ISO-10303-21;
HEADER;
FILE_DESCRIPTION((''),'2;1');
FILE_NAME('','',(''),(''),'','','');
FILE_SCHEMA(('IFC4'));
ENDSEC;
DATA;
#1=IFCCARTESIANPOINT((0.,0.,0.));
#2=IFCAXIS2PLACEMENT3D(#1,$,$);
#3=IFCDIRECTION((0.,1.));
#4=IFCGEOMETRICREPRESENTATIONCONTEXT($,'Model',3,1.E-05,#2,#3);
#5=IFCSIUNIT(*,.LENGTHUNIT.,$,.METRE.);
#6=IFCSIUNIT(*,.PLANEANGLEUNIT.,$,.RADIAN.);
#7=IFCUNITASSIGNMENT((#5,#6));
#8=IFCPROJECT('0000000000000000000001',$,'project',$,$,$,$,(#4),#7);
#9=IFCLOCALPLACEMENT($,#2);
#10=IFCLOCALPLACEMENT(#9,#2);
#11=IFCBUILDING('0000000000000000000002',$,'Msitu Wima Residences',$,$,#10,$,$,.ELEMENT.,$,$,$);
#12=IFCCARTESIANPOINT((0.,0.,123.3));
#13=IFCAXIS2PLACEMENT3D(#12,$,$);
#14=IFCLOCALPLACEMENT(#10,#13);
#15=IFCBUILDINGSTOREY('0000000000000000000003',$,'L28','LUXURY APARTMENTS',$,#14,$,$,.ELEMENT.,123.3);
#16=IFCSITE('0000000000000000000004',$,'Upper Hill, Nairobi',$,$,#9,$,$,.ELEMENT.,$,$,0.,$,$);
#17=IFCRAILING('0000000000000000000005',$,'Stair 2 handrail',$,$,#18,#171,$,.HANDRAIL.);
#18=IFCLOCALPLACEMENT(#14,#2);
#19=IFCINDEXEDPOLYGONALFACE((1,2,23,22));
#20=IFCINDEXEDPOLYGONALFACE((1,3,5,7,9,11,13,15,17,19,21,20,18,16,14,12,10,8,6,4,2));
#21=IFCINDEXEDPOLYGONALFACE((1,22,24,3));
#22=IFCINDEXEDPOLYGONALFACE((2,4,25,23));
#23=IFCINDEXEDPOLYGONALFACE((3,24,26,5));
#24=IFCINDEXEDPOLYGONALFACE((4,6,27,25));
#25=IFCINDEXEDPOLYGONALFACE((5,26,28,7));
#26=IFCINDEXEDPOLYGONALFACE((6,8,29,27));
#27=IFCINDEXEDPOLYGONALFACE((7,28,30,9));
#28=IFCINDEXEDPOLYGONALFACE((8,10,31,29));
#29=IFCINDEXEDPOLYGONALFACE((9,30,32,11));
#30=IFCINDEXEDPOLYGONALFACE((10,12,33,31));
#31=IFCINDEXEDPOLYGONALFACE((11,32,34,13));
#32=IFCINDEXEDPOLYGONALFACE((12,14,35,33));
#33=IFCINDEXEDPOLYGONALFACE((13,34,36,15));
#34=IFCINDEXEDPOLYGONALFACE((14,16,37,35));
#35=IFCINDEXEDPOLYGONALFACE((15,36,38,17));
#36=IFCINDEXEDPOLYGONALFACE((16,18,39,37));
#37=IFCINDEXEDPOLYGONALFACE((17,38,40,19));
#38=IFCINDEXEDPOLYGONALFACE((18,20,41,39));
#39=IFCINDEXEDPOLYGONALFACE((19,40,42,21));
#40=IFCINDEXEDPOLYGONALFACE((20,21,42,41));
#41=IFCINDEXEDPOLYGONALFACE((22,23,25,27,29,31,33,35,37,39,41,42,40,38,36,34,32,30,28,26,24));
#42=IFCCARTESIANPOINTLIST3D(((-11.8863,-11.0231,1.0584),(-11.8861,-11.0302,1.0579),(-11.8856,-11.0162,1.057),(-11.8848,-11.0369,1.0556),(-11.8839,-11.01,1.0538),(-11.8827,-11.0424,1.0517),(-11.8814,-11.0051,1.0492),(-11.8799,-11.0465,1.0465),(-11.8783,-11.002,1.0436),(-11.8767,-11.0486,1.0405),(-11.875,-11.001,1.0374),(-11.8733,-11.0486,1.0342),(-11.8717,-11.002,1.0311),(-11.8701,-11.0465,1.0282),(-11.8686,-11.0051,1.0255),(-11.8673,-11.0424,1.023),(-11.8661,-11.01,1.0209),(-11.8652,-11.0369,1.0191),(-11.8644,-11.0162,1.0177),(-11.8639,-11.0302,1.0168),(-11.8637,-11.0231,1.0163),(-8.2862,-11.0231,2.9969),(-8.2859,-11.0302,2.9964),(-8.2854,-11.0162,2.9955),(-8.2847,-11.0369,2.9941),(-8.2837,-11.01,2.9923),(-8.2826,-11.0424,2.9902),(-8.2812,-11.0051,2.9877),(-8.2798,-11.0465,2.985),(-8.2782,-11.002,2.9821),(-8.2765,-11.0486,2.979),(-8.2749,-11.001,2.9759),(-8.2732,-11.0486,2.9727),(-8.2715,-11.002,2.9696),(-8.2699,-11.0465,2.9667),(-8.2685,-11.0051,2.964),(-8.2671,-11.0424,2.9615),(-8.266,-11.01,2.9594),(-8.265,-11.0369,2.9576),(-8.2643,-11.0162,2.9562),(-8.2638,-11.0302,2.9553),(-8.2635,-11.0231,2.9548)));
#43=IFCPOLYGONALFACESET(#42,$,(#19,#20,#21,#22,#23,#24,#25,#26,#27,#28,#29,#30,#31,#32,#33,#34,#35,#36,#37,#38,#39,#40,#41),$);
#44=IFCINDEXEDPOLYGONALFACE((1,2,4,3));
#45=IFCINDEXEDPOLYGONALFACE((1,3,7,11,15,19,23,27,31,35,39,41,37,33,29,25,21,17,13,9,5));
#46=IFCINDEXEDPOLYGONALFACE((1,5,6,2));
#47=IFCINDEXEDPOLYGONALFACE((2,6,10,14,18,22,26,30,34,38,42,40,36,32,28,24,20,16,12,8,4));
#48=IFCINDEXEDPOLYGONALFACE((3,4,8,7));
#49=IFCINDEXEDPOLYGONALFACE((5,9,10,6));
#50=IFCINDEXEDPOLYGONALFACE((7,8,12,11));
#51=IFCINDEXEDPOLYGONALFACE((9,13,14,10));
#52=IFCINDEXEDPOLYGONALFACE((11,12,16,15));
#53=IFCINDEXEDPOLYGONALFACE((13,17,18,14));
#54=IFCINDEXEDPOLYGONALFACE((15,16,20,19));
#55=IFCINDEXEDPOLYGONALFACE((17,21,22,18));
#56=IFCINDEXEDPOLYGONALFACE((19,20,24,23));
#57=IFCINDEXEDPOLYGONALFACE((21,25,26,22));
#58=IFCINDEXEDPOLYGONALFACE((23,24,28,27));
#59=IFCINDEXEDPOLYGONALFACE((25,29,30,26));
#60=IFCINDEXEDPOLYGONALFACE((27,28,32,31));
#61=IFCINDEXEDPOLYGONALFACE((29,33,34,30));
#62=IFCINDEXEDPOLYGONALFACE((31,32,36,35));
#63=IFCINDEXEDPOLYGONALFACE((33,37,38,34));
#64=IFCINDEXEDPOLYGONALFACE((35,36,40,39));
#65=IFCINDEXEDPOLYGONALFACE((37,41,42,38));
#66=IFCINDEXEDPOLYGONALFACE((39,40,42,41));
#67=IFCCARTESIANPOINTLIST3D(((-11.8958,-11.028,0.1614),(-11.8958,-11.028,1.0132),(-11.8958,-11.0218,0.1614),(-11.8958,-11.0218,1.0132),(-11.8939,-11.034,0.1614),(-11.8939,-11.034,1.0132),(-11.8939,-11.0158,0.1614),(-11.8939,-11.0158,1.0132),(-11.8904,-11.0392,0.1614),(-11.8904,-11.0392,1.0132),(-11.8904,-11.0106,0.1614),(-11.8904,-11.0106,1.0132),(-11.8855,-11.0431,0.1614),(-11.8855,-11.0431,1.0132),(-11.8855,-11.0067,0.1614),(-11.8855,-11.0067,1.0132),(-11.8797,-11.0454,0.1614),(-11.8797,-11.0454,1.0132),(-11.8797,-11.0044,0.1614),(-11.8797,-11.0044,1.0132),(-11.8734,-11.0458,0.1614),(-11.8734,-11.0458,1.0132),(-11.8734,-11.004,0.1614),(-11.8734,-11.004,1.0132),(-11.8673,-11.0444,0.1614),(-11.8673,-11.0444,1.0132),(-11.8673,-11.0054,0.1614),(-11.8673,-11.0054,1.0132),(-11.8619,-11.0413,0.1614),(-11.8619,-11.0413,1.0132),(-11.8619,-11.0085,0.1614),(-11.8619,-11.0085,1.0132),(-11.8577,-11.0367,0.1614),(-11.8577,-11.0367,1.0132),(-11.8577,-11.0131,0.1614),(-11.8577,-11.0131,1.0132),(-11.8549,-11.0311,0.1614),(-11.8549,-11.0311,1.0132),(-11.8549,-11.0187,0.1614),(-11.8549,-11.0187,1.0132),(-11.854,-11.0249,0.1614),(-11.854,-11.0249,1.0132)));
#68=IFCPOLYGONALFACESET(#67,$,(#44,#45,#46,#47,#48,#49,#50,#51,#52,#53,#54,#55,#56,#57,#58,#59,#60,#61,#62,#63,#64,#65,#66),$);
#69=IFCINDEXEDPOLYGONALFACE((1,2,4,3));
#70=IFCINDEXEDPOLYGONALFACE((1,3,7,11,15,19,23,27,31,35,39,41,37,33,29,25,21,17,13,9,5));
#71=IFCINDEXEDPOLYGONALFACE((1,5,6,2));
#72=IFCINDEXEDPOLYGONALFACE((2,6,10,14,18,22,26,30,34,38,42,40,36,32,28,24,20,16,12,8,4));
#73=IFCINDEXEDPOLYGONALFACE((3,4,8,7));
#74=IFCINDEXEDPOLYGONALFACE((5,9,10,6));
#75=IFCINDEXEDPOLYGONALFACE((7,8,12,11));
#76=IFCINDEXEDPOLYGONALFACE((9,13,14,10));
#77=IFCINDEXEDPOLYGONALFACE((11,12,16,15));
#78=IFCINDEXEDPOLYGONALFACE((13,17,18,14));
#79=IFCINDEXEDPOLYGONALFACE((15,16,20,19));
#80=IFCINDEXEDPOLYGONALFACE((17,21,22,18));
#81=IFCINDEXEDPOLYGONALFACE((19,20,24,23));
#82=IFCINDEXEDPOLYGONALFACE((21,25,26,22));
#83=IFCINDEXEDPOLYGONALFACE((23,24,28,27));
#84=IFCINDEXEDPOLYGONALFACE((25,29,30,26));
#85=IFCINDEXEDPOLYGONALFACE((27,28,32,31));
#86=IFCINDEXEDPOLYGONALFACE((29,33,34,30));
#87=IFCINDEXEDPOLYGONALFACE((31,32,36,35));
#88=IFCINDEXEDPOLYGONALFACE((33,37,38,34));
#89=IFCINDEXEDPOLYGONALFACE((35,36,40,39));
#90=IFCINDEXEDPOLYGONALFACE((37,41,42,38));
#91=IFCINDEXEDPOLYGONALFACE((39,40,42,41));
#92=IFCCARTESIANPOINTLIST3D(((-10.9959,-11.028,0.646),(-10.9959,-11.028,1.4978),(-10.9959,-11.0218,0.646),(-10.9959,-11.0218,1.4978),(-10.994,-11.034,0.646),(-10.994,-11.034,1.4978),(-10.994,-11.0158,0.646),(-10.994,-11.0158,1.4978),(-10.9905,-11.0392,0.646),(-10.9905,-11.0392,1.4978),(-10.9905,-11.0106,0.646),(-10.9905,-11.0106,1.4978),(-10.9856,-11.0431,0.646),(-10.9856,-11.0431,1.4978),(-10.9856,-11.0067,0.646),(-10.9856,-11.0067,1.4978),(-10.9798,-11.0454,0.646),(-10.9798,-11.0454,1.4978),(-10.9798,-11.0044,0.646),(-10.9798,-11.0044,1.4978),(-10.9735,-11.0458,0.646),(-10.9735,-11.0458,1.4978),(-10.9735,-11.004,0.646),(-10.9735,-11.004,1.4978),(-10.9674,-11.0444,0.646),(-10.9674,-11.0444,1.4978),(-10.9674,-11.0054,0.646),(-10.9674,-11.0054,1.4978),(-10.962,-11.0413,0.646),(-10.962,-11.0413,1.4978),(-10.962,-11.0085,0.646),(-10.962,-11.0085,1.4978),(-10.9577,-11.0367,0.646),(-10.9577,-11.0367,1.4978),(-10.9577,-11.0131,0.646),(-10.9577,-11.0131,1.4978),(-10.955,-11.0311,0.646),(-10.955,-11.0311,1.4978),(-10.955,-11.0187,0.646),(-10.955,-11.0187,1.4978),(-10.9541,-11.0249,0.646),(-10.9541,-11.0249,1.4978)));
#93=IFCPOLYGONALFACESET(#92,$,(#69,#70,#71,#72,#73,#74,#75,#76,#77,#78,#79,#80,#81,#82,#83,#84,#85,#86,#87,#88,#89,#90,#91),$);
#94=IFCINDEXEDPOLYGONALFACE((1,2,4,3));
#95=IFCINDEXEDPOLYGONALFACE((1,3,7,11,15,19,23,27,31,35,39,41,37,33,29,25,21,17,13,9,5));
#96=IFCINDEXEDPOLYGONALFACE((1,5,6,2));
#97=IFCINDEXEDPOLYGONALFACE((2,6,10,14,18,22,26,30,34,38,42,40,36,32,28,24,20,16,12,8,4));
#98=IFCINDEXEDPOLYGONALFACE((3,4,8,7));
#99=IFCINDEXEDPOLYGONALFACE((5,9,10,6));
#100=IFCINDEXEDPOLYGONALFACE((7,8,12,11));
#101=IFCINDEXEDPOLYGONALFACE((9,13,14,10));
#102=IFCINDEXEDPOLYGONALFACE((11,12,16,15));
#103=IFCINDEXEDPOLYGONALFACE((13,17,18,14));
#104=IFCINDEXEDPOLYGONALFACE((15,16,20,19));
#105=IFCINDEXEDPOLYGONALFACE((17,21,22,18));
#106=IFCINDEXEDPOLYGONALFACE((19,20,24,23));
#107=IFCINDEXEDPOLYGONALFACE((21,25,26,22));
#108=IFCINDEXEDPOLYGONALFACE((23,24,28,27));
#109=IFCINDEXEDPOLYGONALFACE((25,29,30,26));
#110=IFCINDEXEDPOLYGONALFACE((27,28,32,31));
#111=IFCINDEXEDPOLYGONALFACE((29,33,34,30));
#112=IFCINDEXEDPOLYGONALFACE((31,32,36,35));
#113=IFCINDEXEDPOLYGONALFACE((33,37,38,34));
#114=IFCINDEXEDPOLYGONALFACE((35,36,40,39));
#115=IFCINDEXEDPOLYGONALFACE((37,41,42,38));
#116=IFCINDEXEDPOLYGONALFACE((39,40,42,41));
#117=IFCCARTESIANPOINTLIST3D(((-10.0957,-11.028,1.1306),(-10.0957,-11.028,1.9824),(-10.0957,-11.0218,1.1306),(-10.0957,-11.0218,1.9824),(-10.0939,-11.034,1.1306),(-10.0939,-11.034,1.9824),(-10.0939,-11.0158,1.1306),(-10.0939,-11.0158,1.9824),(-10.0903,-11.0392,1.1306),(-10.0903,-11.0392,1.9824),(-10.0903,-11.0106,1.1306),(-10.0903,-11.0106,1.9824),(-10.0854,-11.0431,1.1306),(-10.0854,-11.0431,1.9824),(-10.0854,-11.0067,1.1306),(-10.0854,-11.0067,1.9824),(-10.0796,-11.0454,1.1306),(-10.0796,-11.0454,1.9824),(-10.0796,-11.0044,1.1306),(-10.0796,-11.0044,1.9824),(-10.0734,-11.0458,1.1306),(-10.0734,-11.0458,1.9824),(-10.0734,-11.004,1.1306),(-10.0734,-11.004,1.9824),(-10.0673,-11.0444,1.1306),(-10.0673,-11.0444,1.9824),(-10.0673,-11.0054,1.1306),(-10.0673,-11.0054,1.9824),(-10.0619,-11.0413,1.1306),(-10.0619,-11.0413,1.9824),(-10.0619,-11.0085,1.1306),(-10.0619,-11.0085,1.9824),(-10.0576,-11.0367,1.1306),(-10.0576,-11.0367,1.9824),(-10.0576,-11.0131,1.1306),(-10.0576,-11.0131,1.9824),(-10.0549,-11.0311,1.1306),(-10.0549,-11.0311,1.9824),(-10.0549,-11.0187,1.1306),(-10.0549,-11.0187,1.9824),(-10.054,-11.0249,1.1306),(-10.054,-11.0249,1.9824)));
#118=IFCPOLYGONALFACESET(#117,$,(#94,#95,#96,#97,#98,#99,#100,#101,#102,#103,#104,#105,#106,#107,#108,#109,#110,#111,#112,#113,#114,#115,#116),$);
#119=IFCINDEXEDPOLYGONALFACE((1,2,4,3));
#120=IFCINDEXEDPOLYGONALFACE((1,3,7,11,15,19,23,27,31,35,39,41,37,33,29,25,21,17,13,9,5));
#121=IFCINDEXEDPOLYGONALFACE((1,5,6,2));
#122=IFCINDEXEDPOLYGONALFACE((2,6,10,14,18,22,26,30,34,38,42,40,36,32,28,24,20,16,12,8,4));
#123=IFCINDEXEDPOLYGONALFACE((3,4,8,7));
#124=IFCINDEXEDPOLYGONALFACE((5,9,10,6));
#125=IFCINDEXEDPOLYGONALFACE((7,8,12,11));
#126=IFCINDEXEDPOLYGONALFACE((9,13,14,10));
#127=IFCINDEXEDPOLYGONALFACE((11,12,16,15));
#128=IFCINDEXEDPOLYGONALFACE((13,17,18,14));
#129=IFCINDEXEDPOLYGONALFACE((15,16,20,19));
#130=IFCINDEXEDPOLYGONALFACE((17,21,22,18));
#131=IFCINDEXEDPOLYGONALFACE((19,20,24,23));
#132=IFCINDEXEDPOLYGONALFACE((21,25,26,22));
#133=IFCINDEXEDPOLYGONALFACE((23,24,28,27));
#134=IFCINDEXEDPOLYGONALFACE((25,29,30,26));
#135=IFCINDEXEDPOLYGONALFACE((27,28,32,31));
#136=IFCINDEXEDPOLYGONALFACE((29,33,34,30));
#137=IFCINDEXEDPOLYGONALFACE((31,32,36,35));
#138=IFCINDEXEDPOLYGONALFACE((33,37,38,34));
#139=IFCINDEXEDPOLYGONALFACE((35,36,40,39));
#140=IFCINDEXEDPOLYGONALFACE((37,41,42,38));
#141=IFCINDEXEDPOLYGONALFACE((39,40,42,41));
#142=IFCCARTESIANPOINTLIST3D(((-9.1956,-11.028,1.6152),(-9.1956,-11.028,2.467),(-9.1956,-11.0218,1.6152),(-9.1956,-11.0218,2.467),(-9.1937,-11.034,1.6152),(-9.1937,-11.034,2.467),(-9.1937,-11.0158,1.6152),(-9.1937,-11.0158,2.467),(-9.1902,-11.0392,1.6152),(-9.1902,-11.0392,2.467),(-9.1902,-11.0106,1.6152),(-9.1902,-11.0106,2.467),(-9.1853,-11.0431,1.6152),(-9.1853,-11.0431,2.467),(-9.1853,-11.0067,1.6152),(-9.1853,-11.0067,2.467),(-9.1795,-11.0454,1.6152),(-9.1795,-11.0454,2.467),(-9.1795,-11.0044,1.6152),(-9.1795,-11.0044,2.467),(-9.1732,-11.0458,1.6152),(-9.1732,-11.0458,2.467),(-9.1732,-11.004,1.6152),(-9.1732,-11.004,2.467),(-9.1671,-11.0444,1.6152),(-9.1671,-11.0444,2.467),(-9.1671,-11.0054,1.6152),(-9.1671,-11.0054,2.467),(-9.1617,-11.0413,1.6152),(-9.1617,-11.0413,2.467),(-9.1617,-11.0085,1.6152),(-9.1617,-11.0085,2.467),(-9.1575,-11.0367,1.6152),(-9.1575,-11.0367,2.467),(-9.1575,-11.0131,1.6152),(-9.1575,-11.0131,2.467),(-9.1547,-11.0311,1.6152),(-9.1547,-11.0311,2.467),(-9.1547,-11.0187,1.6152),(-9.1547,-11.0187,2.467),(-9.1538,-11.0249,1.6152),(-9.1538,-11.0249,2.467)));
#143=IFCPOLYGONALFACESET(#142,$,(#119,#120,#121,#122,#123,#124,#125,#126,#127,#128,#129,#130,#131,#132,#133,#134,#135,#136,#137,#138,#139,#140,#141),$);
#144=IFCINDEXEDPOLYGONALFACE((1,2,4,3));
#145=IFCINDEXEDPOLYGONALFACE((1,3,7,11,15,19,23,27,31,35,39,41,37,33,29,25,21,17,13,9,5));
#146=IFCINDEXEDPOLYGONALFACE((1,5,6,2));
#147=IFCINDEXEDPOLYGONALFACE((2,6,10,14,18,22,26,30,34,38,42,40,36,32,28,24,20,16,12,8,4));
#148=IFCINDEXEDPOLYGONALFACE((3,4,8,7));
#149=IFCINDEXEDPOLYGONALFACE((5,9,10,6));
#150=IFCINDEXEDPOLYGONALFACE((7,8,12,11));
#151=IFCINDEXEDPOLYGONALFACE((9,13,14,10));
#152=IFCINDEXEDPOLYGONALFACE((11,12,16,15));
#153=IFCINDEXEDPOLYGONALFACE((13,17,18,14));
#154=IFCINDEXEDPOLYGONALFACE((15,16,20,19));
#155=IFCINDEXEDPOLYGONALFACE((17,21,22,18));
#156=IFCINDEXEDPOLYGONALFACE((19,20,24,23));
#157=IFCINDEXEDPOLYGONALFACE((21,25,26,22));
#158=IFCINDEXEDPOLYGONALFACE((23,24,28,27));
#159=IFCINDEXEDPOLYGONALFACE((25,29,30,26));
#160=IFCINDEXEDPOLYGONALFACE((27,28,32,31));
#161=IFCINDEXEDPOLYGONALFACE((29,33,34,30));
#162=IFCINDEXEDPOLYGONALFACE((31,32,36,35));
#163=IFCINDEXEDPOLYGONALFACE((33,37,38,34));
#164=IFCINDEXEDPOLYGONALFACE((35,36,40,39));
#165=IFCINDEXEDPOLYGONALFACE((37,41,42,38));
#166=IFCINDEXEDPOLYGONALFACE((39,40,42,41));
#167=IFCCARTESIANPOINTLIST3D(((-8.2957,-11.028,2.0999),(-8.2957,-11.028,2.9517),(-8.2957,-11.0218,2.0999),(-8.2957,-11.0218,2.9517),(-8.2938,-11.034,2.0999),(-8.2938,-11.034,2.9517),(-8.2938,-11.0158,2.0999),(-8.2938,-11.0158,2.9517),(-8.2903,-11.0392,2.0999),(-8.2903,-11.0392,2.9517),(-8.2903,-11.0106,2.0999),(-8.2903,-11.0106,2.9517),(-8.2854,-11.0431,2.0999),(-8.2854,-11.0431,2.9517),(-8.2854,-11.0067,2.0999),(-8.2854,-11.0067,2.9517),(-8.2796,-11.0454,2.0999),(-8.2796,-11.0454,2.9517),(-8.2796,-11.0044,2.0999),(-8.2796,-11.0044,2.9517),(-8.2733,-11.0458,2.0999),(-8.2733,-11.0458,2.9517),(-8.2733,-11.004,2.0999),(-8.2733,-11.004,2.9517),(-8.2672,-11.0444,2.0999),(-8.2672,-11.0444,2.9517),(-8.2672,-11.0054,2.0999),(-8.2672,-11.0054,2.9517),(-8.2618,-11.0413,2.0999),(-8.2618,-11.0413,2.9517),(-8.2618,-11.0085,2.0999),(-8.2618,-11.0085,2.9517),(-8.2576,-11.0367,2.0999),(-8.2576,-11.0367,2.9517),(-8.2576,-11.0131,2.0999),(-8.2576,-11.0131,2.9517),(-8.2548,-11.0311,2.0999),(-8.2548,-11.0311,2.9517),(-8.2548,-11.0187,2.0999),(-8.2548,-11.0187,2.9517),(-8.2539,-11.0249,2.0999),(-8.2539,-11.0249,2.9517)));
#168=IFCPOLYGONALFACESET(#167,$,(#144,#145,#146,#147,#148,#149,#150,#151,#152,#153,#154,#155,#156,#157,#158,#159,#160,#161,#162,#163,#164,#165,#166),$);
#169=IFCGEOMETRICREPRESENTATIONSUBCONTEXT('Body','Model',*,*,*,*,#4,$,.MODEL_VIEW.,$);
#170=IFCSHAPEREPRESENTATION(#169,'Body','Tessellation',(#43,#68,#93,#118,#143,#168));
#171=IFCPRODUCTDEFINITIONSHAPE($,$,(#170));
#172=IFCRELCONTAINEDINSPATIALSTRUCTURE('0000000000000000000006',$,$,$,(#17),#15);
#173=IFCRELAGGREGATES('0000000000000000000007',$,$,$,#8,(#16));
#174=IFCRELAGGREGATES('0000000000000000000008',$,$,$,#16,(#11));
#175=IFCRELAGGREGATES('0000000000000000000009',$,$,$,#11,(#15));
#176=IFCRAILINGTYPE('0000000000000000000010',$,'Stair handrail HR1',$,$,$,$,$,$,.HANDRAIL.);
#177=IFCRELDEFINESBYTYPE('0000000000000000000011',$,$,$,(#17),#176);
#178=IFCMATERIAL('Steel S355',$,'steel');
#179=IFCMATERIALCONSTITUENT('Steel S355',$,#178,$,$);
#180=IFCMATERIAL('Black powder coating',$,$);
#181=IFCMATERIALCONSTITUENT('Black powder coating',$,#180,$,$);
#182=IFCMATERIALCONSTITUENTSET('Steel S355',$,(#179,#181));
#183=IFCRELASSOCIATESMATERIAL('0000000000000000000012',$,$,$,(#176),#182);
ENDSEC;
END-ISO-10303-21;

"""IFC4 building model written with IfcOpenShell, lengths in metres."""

from ifc_helpers import new_model, si_unit, direction, frame, origin, origin_2d, place, context, subcontext, project, spatial, circle, extrude, material, constituent, constituent_set, type_object, element, save


model = new_model("IFC4")

# Units and contexts
model_context = context("Model", 3, precision=1e-05, world=origin(), true_north=direction((0.0, 1.0)))
body_context = subcontext(model_context, "Body", "Model", "MODEL_VIEW")
ifc_project = project(units=[si_unit("LENGTHUNIT", "METRE"), si_unit("PLANEANGLEUNIT", "RADIAN")], contexts=[model_context])

# Site, building, storey
site_placement = place(None, origin())
site = spatial("IfcSite", under=ifc_project, at=site_placement, Name="Upper Hill, Nairobi", CompositionType="ELEMENT", RefElevation=0.0)
building_placement = place(site_placement, origin())
building = spatial("IfcBuilding", under=site, at=building_placement, Name="Msitu Wima Residences", CompositionType="ELEMENT")
storey_placement = place(building_placement, frame((0.0, 0.0, 123.3)))
storey = spatial("IfcBuildingStorey", under=building, at=storey_placement, Name="L28", Description="LUXURY APARTMENTS", CompositionType="ELEMENT", Elevation=123.3)

# Railing
ifc_material_1 = material(Name="Steel S355", Category="steel")
ifc_constituent_1 = constituent(ifc_material_1, Name="Steel S355")
ifc_material_2 = material(Name="Black powder coating")
ifc_constituent_2 = constituent(ifc_material_2, Name="Black powder coating")
ifc_constituent_set = constituent_set(constituents=[ifc_constituent_1, ifc_constituent_2], Name="Steel S355")
railing_type = type_object("IfcRailingType", Name="Stair handrail HR1", PredefinedType="HANDRAIL", material=ifc_constituent_set)
for number, where, name in (
    (1, (-11.875, -11.0249, 0.1614), "Stair 2 handrail"),
):
    element("IfcRailing", number, at=place(storey_placement, frame(where)), inside=storey, type_object=railing_type, Name=name, PredefinedType="HANDRAIL", context=body_context, shape_type="SweptSolid", body=[
        extrude(circle(Radius=0.0239, at=origin_2d()), frame((0.0, 0.0, 0.876), z_axis=(0.880475, 0.0, 0.474093), x_axis=(0.0, 1.0, 0.0)), (0.0, 0.0, 1.0), 4.0889),
        extrude(circle(Radius=0.021, at=origin_2d()), origin(), (0.0, 0.0, 1.0), 0.8518),
        extrude(circle(Radius=0.021, at=origin_2d()), frame((0.8999, 0.0, 0.4846)), (0.0, 0.0, 1.0), 0.8518),
        extrude(circle(Radius=0.021, at=origin_2d()), frame((1.8, 0.0, 0.9692)), (0.0, 0.0, 1.0), 0.8518),
        extrude(circle(Radius=0.021, at=origin_2d()), frame((2.7002, 0.0, 1.4539)), (0.0, 0.0, 1.0), 0.8518),
        extrude(circle(Radius=0.021, at=origin_2d()), frame((3.6001, 0.0, 1.9385)), (0.0, 0.0, 1.0), 0.8518),
    ])

save(model, "model.ifc")
